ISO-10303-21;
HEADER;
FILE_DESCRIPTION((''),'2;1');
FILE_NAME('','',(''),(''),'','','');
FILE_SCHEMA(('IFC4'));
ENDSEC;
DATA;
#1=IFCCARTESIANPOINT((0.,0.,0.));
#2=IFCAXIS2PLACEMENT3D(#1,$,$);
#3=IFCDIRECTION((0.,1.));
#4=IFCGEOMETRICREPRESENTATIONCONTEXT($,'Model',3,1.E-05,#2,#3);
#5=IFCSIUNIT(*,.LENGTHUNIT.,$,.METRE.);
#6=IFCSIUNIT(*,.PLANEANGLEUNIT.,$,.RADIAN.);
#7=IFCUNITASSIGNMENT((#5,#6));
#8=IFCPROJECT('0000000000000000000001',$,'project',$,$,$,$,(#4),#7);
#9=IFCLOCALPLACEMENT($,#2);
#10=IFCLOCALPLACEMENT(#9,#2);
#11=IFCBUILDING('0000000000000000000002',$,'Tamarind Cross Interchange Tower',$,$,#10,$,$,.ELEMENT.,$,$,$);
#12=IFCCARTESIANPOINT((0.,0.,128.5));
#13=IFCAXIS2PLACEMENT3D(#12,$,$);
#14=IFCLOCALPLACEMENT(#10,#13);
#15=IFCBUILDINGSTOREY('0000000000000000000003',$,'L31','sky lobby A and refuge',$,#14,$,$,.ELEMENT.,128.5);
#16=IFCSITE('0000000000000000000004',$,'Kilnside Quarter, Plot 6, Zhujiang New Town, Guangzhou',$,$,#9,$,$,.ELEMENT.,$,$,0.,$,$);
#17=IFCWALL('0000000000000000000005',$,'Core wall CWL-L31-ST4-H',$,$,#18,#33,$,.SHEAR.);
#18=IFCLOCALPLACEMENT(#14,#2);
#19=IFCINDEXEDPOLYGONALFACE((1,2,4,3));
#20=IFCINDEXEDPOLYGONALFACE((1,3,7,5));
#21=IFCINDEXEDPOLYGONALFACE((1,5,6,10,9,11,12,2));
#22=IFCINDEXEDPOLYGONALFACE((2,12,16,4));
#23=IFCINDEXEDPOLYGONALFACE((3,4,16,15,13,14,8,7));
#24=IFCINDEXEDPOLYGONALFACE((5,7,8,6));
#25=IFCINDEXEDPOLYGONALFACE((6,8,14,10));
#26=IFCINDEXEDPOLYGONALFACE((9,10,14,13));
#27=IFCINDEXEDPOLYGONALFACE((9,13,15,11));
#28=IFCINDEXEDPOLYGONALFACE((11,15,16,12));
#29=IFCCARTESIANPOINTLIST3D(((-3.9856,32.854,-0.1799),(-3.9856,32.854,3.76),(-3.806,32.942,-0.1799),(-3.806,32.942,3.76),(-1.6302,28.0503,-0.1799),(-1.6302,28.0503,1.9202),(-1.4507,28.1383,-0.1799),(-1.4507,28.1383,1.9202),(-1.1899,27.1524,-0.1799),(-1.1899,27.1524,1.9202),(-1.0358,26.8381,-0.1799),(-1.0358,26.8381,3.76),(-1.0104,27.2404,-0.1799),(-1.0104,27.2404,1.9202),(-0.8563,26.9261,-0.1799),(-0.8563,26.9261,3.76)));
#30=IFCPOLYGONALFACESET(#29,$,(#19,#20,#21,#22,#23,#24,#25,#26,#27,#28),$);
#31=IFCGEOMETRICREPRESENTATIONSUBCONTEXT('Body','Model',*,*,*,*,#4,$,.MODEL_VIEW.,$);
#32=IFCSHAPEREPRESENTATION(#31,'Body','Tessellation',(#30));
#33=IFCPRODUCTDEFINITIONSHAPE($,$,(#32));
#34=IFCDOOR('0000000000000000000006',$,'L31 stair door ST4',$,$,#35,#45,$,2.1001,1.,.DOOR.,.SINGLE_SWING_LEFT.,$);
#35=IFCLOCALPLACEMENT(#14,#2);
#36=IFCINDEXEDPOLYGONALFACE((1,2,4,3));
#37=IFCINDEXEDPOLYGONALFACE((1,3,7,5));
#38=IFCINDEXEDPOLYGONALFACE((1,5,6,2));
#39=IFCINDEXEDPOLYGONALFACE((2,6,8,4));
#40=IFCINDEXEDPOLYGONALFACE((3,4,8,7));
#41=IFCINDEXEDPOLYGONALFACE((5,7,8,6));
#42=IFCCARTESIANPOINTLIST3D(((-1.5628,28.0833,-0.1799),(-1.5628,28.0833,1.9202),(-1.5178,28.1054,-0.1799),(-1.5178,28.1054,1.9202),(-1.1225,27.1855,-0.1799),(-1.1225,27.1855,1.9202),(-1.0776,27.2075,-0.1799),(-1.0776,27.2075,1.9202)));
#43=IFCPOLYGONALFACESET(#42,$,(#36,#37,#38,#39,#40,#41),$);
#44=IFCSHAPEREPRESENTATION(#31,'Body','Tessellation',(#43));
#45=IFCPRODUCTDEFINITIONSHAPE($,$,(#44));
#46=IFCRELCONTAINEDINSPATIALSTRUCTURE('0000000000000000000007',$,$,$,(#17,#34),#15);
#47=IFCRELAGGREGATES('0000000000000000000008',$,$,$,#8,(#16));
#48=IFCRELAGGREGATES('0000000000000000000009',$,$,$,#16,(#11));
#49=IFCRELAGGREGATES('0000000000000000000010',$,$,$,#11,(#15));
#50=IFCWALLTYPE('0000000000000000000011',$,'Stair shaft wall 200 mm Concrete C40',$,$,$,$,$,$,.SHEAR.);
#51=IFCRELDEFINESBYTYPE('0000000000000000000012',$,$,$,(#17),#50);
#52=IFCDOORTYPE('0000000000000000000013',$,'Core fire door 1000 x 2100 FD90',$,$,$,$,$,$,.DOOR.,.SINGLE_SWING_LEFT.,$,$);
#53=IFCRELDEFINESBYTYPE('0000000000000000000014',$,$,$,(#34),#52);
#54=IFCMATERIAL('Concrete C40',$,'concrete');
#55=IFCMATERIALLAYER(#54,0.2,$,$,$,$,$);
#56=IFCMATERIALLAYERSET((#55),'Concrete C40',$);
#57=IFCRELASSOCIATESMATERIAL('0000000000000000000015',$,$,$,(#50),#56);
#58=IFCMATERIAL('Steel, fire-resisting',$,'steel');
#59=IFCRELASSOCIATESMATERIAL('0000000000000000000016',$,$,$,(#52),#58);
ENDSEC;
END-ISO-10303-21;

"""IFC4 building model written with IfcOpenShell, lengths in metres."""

from ifc_helpers import new_model, si_unit, direction, frame, frame_2d, origin, place, context, subcontext, project, spatial, rectangle, extrude, material, layer, layer_set, type_object, element, fill, save


model = new_model("IFC4")

# Units and contexts
model_context = context("Model", 3, precision=1e-05, world=origin(), true_north=direction((0.0, 1.0)))
body_context = subcontext(model_context, "Body", "Model", "MODEL_VIEW")
ifc_project = project(units=[si_unit("LENGTHUNIT", "METRE"), si_unit("PLANEANGLEUNIT", "RADIAN")], contexts=[model_context])

# Site, building, storey
site_placement = place(None, origin())
site = spatial("IfcSite", under=ifc_project, at=site_placement, Name="Kilnside Quarter, Plot 6, Zhujiang New Town, Guangzhou", CompositionType="ELEMENT", RefElevation=0.0)
building_placement = place(site_placement, origin())
building = spatial("IfcBuilding", under=site, at=building_placement, Name="Tamarind Cross Interchange Tower", CompositionType="ELEMENT")
storey_placement = place(building_placement, frame((0.0, 0.0, 128.5)))
storey = spatial("IfcBuildingStorey", under=building, at=storey_placement, Name="L31", Description="sky lobby A and refuge", CompositionType="ELEMENT", Elevation=128.5)

# Shared definitions
ifc_material_1 = material(Name="Concrete C40", Category="concrete")

# Wall, opening, door
ifc_layer_1 = layer(ifc_material_1, 0.2)
ifc_layer_set_1 = layer_set([ifc_layer_1], Name="Concrete C40")
wall_type_1 = type_object("IfcWallType", Name="Stair shaft wall 200 mm Concrete C40", PredefinedType="SHEAR", material=ifc_layer_set_1)
wall_1_placement = place(storey_placement, frame((-0.946, 26.8821, -0.1799), z_axis=(0.0, 0.0, 1.0), x_axis=(-0.440248, 0.897876, 0.0)))
wall_1 = element("IfcWall", 1, at=wall_1_placement, inside=storey, type_object=wall_type_1, Name="Core wall CWL-L31-ST4-H", PredefinedType="SHEAR", context=body_context, shape_type="SweptSolid", body=[
    extrude(rectangle(XDim=6.7002, YDim=0.2, at=frame_2d((3.3501, 0.0))), origin(), (0.0, 0.0, 1.0), 3.9399),
])
opening_1_placement = place(wall_1_placement, frame((0.3501, 0.0, 0.0)))
opening_1 = element("IfcOpeningElement", 2, at=opening_1_placement, cuts=wall_1, PredefinedType="OPENING", context=body_context, shape_type="SweptSolid", body=[
    extrude(rectangle(XDim=1.0, YDim=2.1001, at=frame_2d((0.5, 1.05))), frame((0.0, 0.1099, 0.0), z_axis=(0.0, -1.0, 0.0), x_axis=(1.0, 0.0, 0.0)), (0.0, 0.0, 1.0), 0.22),
])
ifc_material_2 = material(Name="Steel, fire-resisting", Category="steel")
door_type_1 = type_object("IfcDoorType", Name="Core fire door 1000 x 2100 FD90", OperationType="SINGLE_SWING_LEFT", PredefinedType="DOOR", material=ifc_material_2)
door_1_placement = place(opening_1_placement, origin())
door_1 = element("IfcDoor", 3, at=door_1_placement, inside=storey, type_object=door_type_1, Name="L31 stair door ST4", OperationType="SINGLE_SWING_LEFT", OverallHeight=2.1001, OverallWidth=1.0, PredefinedType="DOOR", context=body_context, shape_type="SweptSolid", body=[
    extrude(rectangle(XDim=1.0, YDim=2.1001, at=frame_2d((0.5, 1.05))), frame((0.0, 0.0249, 0.0), z_axis=(0.0, -1.0, 0.0), x_axis=(1.0, 0.0, 0.0)), (0.0, 0.0, 1.0), 0.05),
])
fill(opening_1, door_1)

save(model, "model.ifc")
